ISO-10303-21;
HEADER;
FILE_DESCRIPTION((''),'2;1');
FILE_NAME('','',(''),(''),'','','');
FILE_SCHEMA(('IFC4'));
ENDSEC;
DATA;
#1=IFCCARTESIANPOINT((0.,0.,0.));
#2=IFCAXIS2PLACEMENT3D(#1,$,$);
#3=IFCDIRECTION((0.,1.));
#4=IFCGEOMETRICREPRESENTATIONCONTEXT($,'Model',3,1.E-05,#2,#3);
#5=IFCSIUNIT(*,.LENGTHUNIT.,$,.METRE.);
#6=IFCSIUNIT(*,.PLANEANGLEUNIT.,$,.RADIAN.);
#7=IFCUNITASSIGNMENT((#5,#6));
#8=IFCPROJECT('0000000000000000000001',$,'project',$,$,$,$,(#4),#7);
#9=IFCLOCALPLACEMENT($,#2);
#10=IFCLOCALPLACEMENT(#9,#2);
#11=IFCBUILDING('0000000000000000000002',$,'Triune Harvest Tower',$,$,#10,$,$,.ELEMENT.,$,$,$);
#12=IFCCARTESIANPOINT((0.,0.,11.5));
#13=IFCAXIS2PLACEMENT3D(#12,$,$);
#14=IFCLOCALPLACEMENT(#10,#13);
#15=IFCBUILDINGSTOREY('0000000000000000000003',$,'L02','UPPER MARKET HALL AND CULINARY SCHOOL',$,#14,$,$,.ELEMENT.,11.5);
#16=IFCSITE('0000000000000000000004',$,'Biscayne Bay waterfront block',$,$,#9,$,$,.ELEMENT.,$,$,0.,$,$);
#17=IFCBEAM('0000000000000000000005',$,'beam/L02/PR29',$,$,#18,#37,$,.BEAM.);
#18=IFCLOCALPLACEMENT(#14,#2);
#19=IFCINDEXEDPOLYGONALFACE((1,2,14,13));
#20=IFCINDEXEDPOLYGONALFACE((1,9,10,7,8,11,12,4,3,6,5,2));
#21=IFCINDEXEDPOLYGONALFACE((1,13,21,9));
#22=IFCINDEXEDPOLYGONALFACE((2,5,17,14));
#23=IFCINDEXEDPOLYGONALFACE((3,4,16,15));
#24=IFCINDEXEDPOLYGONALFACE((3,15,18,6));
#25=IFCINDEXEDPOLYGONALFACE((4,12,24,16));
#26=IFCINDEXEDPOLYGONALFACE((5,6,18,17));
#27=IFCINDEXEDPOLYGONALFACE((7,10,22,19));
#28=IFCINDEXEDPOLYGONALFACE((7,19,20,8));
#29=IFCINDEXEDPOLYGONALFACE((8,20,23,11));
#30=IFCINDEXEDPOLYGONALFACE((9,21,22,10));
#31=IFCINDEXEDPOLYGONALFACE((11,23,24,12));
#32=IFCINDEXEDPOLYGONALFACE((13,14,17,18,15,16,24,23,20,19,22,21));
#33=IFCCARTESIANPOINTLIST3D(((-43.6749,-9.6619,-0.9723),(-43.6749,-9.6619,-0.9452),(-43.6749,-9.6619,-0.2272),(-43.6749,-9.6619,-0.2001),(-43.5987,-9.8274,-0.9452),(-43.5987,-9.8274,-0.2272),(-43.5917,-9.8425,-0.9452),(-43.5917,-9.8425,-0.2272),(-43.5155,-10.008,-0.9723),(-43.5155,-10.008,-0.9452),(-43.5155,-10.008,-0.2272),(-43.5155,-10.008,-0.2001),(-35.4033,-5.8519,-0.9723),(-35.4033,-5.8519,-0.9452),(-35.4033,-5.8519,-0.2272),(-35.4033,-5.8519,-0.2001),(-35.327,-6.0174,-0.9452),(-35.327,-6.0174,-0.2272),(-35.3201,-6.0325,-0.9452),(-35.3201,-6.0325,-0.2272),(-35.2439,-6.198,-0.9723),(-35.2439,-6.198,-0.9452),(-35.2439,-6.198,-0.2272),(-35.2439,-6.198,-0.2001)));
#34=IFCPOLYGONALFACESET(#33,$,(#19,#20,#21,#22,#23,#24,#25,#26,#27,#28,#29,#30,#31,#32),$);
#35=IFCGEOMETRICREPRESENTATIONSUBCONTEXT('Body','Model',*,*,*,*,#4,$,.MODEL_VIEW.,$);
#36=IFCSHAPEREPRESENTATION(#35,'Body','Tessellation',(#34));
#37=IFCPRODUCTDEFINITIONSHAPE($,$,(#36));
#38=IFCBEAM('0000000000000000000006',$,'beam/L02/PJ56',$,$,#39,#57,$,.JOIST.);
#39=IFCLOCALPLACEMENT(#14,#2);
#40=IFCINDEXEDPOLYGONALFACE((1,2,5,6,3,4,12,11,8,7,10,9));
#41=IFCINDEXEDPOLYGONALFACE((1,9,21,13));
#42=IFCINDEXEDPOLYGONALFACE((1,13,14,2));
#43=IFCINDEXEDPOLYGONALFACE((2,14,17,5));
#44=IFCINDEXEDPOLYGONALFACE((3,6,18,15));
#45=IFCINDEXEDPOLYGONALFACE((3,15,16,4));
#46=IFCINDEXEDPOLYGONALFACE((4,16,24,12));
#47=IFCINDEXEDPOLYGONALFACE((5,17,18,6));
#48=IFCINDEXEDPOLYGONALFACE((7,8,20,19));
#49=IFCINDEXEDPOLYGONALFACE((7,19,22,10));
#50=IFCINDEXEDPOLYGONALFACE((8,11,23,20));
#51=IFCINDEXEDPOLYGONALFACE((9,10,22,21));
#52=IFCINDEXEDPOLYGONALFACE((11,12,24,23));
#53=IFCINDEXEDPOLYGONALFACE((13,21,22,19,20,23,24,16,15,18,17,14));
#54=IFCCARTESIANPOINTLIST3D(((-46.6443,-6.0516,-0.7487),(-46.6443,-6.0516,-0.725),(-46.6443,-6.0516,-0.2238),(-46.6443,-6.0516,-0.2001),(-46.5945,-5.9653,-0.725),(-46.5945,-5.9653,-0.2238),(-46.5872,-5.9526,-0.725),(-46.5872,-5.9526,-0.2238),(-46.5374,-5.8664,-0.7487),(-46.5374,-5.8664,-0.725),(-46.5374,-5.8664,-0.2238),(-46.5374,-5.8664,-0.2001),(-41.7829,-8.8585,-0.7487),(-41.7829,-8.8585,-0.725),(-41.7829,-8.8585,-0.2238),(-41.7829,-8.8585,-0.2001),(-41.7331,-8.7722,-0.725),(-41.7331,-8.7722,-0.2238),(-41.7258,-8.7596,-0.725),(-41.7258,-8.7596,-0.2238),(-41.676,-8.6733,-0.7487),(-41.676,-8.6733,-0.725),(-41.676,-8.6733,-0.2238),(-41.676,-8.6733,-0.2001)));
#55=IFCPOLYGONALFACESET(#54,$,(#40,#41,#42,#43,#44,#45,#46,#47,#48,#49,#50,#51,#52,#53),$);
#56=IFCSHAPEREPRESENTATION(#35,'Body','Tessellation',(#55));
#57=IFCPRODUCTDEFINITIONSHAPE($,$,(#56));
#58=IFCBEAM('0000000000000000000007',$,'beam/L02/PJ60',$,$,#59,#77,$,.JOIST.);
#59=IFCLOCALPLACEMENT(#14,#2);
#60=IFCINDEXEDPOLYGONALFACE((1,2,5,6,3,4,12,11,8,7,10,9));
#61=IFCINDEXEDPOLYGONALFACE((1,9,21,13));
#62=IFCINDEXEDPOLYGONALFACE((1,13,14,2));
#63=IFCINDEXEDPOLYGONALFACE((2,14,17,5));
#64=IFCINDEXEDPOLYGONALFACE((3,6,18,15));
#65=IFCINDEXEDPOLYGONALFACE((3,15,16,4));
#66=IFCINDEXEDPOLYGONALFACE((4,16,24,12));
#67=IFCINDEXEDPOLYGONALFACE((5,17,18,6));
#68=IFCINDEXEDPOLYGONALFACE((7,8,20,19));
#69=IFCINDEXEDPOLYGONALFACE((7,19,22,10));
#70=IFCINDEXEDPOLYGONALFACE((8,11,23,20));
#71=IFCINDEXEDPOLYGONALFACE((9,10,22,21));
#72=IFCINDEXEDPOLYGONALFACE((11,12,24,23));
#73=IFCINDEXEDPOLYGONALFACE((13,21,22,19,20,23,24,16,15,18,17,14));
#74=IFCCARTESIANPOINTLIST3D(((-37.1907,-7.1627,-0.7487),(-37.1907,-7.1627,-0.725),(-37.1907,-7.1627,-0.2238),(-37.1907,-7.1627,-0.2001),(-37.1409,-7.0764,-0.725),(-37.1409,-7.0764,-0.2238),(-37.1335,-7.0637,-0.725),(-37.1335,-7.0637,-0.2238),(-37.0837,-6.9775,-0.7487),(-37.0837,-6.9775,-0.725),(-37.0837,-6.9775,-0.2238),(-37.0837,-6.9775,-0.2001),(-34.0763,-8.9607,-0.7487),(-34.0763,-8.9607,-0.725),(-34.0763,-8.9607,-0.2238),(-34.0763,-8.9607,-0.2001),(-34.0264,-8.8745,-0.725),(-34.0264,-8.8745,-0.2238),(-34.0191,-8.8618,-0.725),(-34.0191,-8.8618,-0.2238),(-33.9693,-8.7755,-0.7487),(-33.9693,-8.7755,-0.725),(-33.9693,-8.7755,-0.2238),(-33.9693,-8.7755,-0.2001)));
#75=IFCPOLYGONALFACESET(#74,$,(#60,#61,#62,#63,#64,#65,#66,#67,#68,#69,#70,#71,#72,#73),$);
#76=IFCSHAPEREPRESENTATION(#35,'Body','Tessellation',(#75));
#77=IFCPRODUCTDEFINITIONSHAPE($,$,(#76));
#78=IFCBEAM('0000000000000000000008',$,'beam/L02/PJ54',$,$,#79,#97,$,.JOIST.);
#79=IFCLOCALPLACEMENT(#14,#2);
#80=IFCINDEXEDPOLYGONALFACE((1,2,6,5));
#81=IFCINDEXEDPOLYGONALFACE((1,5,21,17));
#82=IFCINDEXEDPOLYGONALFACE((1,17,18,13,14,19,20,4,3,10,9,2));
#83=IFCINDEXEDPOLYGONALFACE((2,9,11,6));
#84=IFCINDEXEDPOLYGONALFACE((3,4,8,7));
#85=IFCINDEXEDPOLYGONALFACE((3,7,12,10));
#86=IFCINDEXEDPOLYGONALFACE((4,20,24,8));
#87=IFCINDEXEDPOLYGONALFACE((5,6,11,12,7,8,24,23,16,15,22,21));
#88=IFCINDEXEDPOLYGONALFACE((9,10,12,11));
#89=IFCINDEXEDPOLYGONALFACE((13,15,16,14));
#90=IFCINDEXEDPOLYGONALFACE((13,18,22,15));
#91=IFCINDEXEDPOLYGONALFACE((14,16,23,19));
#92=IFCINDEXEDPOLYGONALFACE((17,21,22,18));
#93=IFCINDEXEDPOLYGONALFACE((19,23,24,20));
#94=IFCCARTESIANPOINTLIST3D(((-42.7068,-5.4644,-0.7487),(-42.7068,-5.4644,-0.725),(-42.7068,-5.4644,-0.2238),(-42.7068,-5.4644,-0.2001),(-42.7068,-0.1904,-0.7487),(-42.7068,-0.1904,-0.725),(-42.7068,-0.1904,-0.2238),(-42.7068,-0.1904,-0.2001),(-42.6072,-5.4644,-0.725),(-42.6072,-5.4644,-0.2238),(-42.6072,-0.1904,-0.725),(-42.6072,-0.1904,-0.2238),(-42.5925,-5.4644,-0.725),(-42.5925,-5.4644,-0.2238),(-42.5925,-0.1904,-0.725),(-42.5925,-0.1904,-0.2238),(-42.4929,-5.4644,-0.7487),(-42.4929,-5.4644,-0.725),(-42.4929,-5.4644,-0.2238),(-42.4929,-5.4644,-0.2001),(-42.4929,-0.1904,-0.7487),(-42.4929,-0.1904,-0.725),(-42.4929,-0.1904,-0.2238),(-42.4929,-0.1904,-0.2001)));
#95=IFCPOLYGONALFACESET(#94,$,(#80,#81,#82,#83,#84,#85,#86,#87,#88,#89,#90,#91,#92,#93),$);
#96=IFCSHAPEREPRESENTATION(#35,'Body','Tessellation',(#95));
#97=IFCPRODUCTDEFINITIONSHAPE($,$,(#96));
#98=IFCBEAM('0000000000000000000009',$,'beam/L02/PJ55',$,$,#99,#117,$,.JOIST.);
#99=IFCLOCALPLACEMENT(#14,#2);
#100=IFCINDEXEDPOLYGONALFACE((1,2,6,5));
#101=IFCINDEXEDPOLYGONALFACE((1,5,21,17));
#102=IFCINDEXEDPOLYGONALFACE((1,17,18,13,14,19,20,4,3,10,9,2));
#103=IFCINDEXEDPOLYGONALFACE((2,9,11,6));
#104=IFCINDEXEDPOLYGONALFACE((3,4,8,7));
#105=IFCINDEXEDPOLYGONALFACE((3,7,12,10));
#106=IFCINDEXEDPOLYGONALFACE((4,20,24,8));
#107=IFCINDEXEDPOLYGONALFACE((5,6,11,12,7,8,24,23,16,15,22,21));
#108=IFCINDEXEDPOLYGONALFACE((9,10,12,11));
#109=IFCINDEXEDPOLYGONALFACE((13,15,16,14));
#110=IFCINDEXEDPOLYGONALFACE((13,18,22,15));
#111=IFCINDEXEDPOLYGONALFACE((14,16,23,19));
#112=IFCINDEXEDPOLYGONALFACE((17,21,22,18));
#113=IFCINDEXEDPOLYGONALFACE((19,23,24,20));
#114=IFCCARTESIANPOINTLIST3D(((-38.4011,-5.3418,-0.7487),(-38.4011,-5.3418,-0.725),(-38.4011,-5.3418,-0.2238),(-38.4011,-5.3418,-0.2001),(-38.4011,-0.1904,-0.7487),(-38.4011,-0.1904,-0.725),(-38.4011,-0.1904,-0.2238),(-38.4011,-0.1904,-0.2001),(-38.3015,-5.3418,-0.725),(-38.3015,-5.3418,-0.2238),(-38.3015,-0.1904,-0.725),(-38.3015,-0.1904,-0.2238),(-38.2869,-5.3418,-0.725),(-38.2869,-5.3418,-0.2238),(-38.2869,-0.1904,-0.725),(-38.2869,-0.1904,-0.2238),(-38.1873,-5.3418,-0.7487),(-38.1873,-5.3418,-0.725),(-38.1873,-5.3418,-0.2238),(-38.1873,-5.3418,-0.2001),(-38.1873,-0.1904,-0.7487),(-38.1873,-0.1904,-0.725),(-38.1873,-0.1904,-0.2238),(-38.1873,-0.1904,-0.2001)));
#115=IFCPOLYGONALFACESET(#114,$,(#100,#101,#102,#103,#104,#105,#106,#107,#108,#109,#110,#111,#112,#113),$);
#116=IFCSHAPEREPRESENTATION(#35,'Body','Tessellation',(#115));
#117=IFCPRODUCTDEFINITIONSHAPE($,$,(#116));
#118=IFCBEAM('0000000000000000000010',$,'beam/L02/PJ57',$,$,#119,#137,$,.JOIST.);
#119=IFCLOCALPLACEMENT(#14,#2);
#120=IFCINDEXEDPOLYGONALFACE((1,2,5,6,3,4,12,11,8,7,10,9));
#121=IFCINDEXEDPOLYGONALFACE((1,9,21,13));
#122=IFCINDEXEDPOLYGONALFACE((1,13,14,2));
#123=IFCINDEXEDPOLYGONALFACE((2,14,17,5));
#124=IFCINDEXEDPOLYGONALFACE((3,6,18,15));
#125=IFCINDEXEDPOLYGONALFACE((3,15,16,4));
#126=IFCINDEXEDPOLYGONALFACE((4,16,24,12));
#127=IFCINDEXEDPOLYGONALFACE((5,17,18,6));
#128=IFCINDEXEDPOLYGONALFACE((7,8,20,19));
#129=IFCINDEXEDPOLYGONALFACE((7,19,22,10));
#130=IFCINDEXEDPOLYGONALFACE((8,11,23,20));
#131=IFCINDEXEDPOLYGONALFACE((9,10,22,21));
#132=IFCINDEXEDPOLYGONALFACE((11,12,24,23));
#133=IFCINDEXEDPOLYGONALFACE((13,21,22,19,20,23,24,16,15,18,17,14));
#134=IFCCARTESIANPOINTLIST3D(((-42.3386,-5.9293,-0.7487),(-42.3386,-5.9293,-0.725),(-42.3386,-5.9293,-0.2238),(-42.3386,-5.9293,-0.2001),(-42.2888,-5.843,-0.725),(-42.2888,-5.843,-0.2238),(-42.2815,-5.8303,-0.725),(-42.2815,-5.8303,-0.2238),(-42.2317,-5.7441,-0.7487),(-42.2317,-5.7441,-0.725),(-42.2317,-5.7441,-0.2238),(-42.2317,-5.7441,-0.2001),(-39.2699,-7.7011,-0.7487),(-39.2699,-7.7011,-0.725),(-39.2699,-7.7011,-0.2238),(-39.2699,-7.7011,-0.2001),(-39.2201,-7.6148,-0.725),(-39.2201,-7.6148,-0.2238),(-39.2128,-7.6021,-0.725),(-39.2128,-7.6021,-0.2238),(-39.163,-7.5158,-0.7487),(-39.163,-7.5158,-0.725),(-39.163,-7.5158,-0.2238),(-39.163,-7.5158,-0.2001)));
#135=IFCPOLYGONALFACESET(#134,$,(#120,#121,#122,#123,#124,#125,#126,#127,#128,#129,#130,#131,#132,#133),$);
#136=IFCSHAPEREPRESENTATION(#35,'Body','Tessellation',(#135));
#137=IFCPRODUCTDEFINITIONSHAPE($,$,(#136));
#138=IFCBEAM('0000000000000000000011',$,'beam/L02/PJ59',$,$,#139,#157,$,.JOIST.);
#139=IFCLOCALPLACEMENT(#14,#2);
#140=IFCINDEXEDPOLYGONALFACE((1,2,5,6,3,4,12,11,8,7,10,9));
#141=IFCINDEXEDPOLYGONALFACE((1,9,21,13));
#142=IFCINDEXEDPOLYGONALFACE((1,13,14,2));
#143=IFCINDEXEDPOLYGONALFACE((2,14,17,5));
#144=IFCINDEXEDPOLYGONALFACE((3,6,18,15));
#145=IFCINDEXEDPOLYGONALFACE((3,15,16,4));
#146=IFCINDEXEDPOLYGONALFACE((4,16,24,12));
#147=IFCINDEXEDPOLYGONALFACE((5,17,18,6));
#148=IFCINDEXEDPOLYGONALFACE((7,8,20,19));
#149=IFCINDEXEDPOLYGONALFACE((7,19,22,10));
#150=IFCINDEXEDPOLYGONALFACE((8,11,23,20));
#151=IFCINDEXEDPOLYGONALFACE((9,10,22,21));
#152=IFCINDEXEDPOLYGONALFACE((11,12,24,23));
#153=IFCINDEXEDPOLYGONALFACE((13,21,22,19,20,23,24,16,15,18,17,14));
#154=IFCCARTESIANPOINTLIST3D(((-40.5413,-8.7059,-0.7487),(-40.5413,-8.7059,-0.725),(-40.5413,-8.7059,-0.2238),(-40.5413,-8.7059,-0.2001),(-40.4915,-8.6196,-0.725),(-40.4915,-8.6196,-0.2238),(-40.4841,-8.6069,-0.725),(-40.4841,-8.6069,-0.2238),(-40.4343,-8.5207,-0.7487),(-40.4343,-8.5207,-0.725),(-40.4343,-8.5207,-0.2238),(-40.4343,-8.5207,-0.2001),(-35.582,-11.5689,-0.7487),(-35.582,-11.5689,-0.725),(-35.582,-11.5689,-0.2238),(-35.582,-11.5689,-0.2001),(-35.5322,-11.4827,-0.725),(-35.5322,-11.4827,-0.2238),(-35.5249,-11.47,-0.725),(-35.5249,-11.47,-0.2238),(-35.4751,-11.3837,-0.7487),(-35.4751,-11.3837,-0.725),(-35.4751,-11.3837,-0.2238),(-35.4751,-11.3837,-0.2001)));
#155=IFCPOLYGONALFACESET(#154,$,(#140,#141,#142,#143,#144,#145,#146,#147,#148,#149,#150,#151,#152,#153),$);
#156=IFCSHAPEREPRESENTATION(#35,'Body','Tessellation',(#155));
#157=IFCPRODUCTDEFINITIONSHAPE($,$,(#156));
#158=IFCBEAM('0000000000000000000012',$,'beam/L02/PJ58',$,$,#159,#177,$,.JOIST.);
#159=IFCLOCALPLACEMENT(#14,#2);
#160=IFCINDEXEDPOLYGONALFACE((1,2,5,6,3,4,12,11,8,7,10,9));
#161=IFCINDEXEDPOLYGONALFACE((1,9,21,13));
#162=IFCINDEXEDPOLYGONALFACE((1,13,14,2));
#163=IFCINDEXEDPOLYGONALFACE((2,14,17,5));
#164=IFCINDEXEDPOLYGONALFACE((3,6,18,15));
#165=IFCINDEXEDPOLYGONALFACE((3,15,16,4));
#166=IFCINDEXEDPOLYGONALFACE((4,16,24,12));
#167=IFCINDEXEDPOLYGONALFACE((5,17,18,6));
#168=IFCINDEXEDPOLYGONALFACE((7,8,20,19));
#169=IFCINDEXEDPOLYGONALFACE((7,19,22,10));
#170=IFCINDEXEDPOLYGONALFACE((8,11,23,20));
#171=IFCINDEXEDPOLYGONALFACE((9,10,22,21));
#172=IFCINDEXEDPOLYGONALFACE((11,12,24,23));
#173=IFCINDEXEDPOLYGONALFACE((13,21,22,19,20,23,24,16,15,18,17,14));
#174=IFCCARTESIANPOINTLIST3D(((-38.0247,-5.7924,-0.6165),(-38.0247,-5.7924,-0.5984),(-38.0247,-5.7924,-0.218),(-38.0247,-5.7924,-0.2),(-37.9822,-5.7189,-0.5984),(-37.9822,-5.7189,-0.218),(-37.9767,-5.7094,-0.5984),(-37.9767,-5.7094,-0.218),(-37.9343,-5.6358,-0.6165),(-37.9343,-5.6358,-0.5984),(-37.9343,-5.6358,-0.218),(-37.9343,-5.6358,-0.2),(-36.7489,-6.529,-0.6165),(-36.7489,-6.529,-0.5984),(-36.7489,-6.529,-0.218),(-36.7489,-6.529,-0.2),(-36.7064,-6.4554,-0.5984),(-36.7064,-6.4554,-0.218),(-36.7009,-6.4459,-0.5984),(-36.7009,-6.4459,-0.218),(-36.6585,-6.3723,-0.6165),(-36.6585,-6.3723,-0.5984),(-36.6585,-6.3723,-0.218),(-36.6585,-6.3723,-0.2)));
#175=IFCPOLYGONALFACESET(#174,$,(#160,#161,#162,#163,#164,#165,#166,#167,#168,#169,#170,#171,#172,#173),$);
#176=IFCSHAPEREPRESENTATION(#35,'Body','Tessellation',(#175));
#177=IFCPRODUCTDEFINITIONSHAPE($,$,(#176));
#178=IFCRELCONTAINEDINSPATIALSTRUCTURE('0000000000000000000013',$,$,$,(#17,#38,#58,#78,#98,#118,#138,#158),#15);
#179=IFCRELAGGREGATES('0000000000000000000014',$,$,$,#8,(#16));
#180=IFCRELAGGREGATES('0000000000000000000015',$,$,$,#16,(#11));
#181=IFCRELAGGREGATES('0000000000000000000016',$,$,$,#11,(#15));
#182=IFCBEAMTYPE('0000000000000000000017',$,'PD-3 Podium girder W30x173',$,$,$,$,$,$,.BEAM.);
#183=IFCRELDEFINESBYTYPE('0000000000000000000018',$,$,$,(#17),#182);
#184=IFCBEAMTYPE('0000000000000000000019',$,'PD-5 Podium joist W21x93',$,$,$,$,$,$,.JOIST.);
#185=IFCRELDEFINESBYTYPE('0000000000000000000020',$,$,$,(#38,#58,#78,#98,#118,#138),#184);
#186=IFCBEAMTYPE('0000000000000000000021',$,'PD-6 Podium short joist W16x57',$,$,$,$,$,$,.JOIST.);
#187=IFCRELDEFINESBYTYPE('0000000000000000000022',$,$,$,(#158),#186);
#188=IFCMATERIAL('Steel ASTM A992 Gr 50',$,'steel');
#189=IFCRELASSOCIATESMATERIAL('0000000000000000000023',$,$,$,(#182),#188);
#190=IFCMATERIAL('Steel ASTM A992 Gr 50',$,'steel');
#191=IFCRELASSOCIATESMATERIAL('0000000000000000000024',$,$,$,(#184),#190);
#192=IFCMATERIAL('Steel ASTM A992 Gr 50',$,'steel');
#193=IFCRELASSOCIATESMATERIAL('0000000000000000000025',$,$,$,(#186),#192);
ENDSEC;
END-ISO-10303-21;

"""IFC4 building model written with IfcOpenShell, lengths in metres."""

from ifc_helpers import new_model, si_unit, direction, frame, origin, origin_2d, place, context, subcontext, project, spatial, i_section, extrude, source, transform, mapped, material, material_profile, profile_set, type_object, element, save


model = new_model("IFC4")

# Units and contexts
model_context = context("Model", 3, precision=1e-05, world=origin(), true_north=direction((0.0, 1.0)))
body_context = subcontext(model_context, "Body", "Model", "MODEL_VIEW")
ifc_project = project(units=[si_unit("LENGTHUNIT", "METRE"), si_unit("PLANEANGLEUNIT", "RADIAN")], contexts=[model_context])

# Site, building, storey
site_placement = place(None, origin())
site = spatial("IfcSite", under=ifc_project, at=site_placement, Name="Biscayne Bay waterfront block", CompositionType="ELEMENT", RefElevation=0.0)
building_placement = place(site_placement, origin())
building = spatial("IfcBuilding", under=site, at=building_placement, Name="Triune Harvest Tower", CompositionType="ELEMENT")
storey_placement = place(building_placement, frame((0.0, 0.0, 11.5)))
storey = spatial("IfcBuildingStorey", under=building, at=storey_placement, Name="L02", Description="UPPER MARKET HALL AND CULINARY SCHOOL", CompositionType="ELEMENT", Elevation=11.5)

# Beams
ifc_material_1 = material(Name="Steel ASTM A992 Gr 50", Category="steel")
ifc_material_profile_1 = material_profile(ifc_material_1, i_section(OverallWidth=0.3811, OverallDepth=0.7722, WebThickness=0.0166, FlangeThickness=0.0271, at=origin_2d()), Name="W30x173")
ifc_profile_set_1 = profile_set([ifc_material_profile_1], Name="Steel ASTM A992 Gr 50")
beam_type_1 = type_object("IfcBeamType", Name="PD-3 Podium girder W30x173", PredefinedType="BEAM", material=ifc_profile_set_1)
shared_shape_1 = source(origin(), body_context, "Body", "SweptSolid", [
    extrude(i_section(OverallWidth=0.3811, OverallDepth=0.7722, WebThickness=0.0166, FlangeThickness=0.0271, at=origin_2d()), origin(), (0.0, 0.0, 1.0), 9.1069),
])
beam_1_placement = place(storey_placement, frame((-43.5952, -9.835, -0.5862), z_axis=(0.908279, 0.418364, 0.0), x_axis=(-0.418364, 0.908279, 0.0)))
element("IfcBeam", 1, at=beam_1_placement, inside=storey, type_object=beam_type_1, Name="beam/L02/PR29", PredefinedType="BEAM", context=body_context, shape_type="MappedRepresentation", body=[
    mapped(shared_shape_1, transform((0.0, 0.0, 0.0), scale=1.0)),
])
ifc_material_2 = material(Name="Steel ASTM A992 Gr 50", Category="steel")
ifc_material_profile_2 = material_profile(ifc_material_2, i_section(OverallWidth=0.2139, OverallDepth=0.5486, WebThickness=0.0146, FlangeThickness=0.0237, at=origin_2d()), Name="W21x93")
ifc_profile_set_2 = profile_set([ifc_material_profile_2], Name="Steel ASTM A992 Gr 50")
beam_type_2 = type_object("IfcBeamType", Name="PD-5 Podium joist W21x93", PredefinedType="JOIST", material=ifc_profile_set_2)
shared_shape_2 = source(origin(), body_context, "Body", "SweptSolid", [
    extrude(i_section(OverallWidth=0.2139, OverallDepth=0.5486, WebThickness=0.0146, FlangeThickness=0.0237, at=origin_2d()), origin(), (0.0, 0.0, 1.0), 5.6135),
])
beam_2_placement = place(storey_placement, frame((-46.5908, -5.959, -0.4744), z_axis=(0.86601, -0.500026, 0.0), x_axis=(0.500026, 0.86601, 0.0)))
element("IfcBeam", 2, at=beam_2_placement, inside=storey, type_object=beam_type_2, Name="beam/L02/PJ56", PredefinedType="JOIST", context=body_context, shape_type="MappedRepresentation", body=[
    mapped(shared_shape_2, transform((0.0, 0.0, 0.0), scale=1.0)),
])
shared_shape_3 = source(origin(), body_context, "Body", "SweptSolid", [
    extrude(i_section(OverallWidth=0.2139, OverallDepth=0.5486, WebThickness=0.0146, FlangeThickness=0.0237, at=origin_2d()), origin(), (0.0, 0.0, 1.0), 3.5962),
])
beam_3_placement = place(storey_placement, frame((-37.1372, -7.0701, -0.4744), z_axis=(0.866033, -0.499987, 0.0), x_axis=(0.499987, 0.866033, 0.0)))
element("IfcBeam", 3, at=beam_3_placement, inside=storey, type_object=beam_type_2, Name="beam/L02/PJ60", PredefinedType="JOIST", context=body_context, shape_type="MappedRepresentation", body=[
    mapped(shared_shape_3, transform((0.0, 0.0, 0.0), scale=1.0)),
])
shared_shape_4 = source(origin(), body_context, "Body", "SweptSolid", [
    extrude(i_section(OverallWidth=0.2139, OverallDepth=0.5486, WebThickness=0.0146, FlangeThickness=0.0237, at=origin_2d()), origin(), (0.0, 0.0, 1.0), 5.2739),
])
beam_4_placement = place(storey_placement, frame((-42.5999, -0.1904, -0.4744), z_axis=(0.0, -1.0, 0.0), x_axis=(1.0, 0.0, 0.0)))
element("IfcBeam", 4, at=beam_4_placement, inside=storey, type_object=beam_type_2, Name="beam/L02/PJ54", PredefinedType="JOIST", context=body_context, shape_type="MappedRepresentation", body=[
    mapped(shared_shape_4, transform((0.0, 0.0, 0.0), scale=1.0)),
])
shared_shape_5 = source(origin(), body_context, "Body", "SweptSolid", [
    extrude(i_section(OverallWidth=0.2139, OverallDepth=0.5486, WebThickness=0.0146, FlangeThickness=0.0237, at=origin_2d()), origin(), (0.0, 0.0, 1.0), 5.1514),
])
beam_5_placement = place(storey_placement, frame((-38.2942, -0.1904, -0.4744), z_axis=(0.0, -1.0, 0.0), x_axis=(1.0, 0.0, 0.0)))
element("IfcBeam", 5, at=beam_5_placement, inside=storey, type_object=beam_type_2, Name="beam/L02/PJ55", PredefinedType="JOIST", context=body_context, shape_type="MappedRepresentation", body=[
    mapped(shared_shape_5, transform((0.0, 0.0, 0.0), scale=1.0)),
])
shared_shape_6 = source(origin(), body_context, "Body", "SweptSolid", [
    extrude(i_section(OverallWidth=0.2139, OverallDepth=0.5486, WebThickness=0.0146, FlangeThickness=0.0237, at=origin_2d()), origin(), (0.0, 0.0, 1.0), 3.5435),
])
beam_6_placement = place(storey_placement, frame((-42.2852, -5.8367, -0.4744), z_axis=(0.866017, -0.500015, 0.0), x_axis=(0.500015, 0.866017, 0.0)))
element("IfcBeam", 6, at=beam_6_placement, inside=storey, type_object=beam_type_2, Name="beam/L02/PJ57", PredefinedType="JOIST", context=body_context, shape_type="MappedRepresentation", body=[
    mapped(shared_shape_6, transform((0.0, 0.0, 0.0), scale=1.0)),
])
shared_shape_7 = source(origin(), body_context, "Body", "SweptSolid", [
    extrude(i_section(OverallWidth=0.2139, OverallDepth=0.5486, WebThickness=0.0146, FlangeThickness=0.0237, at=origin_2d()), origin(), (0.0, 0.0, 1.0), 5.7263),
])
beam_7_placement = place(storey_placement, frame((-40.4878, -8.6133, -0.4744), z_axis=(0.866039, -0.499977, 0.0), x_axis=(0.499977, 0.866039, 0.0)))
element("IfcBeam", 7, at=beam_7_placement, inside=storey, type_object=beam_type_2, Name="beam/L02/PJ59", PredefinedType="JOIST", context=body_context, shape_type="MappedRepresentation", body=[
    mapped(shared_shape_7, transform((0.0, 0.0, 0.0), scale=1.0)),
])
ifc_material_3 = material(Name="Steel ASTM A992 Gr 50", Category="steel")
ifc_material_profile_3 = material_profile(ifc_material_3, i_section(OverallWidth=0.1809, OverallDepth=0.4165, WebThickness=0.011, FlangeThickness=0.0181, at=origin_2d()), Name="W16x57")
ifc_profile_set_3 = profile_set([ifc_material_profile_3], Name="Steel ASTM A992 Gr 50")
beam_type_3 = type_object("IfcBeamType", Name="PD-6 Podium short joist W16x57", PredefinedType="JOIST", material=ifc_profile_set_3)
shared_shape_8 = source(origin(), body_context, "Body", "SweptSolid", [
    extrude(i_section(OverallWidth=0.1809, OverallDepth=0.4165, WebThickness=0.011, FlangeThickness=0.0181, at=origin_2d()), origin(), (0.0, 0.0, 1.0), 1.4731),
])
beam_8_placement = place(storey_placement, frame((-37.9795, -5.7141, -0.4082), z_axis=(0.866042, -0.499971, 0.0), x_axis=(0.499971, 0.866042, 0.0)))
element("IfcBeam", 8, at=beam_8_placement, inside=storey, type_object=beam_type_3, Name="beam/L02/PJ58", PredefinedType="JOIST", context=body_context, shape_type="MappedRepresentation", body=[
    mapped(shared_shape_8, transform((0.0, 0.0, 0.0), scale=1.0)),
])

save(model, "model.ifc")
